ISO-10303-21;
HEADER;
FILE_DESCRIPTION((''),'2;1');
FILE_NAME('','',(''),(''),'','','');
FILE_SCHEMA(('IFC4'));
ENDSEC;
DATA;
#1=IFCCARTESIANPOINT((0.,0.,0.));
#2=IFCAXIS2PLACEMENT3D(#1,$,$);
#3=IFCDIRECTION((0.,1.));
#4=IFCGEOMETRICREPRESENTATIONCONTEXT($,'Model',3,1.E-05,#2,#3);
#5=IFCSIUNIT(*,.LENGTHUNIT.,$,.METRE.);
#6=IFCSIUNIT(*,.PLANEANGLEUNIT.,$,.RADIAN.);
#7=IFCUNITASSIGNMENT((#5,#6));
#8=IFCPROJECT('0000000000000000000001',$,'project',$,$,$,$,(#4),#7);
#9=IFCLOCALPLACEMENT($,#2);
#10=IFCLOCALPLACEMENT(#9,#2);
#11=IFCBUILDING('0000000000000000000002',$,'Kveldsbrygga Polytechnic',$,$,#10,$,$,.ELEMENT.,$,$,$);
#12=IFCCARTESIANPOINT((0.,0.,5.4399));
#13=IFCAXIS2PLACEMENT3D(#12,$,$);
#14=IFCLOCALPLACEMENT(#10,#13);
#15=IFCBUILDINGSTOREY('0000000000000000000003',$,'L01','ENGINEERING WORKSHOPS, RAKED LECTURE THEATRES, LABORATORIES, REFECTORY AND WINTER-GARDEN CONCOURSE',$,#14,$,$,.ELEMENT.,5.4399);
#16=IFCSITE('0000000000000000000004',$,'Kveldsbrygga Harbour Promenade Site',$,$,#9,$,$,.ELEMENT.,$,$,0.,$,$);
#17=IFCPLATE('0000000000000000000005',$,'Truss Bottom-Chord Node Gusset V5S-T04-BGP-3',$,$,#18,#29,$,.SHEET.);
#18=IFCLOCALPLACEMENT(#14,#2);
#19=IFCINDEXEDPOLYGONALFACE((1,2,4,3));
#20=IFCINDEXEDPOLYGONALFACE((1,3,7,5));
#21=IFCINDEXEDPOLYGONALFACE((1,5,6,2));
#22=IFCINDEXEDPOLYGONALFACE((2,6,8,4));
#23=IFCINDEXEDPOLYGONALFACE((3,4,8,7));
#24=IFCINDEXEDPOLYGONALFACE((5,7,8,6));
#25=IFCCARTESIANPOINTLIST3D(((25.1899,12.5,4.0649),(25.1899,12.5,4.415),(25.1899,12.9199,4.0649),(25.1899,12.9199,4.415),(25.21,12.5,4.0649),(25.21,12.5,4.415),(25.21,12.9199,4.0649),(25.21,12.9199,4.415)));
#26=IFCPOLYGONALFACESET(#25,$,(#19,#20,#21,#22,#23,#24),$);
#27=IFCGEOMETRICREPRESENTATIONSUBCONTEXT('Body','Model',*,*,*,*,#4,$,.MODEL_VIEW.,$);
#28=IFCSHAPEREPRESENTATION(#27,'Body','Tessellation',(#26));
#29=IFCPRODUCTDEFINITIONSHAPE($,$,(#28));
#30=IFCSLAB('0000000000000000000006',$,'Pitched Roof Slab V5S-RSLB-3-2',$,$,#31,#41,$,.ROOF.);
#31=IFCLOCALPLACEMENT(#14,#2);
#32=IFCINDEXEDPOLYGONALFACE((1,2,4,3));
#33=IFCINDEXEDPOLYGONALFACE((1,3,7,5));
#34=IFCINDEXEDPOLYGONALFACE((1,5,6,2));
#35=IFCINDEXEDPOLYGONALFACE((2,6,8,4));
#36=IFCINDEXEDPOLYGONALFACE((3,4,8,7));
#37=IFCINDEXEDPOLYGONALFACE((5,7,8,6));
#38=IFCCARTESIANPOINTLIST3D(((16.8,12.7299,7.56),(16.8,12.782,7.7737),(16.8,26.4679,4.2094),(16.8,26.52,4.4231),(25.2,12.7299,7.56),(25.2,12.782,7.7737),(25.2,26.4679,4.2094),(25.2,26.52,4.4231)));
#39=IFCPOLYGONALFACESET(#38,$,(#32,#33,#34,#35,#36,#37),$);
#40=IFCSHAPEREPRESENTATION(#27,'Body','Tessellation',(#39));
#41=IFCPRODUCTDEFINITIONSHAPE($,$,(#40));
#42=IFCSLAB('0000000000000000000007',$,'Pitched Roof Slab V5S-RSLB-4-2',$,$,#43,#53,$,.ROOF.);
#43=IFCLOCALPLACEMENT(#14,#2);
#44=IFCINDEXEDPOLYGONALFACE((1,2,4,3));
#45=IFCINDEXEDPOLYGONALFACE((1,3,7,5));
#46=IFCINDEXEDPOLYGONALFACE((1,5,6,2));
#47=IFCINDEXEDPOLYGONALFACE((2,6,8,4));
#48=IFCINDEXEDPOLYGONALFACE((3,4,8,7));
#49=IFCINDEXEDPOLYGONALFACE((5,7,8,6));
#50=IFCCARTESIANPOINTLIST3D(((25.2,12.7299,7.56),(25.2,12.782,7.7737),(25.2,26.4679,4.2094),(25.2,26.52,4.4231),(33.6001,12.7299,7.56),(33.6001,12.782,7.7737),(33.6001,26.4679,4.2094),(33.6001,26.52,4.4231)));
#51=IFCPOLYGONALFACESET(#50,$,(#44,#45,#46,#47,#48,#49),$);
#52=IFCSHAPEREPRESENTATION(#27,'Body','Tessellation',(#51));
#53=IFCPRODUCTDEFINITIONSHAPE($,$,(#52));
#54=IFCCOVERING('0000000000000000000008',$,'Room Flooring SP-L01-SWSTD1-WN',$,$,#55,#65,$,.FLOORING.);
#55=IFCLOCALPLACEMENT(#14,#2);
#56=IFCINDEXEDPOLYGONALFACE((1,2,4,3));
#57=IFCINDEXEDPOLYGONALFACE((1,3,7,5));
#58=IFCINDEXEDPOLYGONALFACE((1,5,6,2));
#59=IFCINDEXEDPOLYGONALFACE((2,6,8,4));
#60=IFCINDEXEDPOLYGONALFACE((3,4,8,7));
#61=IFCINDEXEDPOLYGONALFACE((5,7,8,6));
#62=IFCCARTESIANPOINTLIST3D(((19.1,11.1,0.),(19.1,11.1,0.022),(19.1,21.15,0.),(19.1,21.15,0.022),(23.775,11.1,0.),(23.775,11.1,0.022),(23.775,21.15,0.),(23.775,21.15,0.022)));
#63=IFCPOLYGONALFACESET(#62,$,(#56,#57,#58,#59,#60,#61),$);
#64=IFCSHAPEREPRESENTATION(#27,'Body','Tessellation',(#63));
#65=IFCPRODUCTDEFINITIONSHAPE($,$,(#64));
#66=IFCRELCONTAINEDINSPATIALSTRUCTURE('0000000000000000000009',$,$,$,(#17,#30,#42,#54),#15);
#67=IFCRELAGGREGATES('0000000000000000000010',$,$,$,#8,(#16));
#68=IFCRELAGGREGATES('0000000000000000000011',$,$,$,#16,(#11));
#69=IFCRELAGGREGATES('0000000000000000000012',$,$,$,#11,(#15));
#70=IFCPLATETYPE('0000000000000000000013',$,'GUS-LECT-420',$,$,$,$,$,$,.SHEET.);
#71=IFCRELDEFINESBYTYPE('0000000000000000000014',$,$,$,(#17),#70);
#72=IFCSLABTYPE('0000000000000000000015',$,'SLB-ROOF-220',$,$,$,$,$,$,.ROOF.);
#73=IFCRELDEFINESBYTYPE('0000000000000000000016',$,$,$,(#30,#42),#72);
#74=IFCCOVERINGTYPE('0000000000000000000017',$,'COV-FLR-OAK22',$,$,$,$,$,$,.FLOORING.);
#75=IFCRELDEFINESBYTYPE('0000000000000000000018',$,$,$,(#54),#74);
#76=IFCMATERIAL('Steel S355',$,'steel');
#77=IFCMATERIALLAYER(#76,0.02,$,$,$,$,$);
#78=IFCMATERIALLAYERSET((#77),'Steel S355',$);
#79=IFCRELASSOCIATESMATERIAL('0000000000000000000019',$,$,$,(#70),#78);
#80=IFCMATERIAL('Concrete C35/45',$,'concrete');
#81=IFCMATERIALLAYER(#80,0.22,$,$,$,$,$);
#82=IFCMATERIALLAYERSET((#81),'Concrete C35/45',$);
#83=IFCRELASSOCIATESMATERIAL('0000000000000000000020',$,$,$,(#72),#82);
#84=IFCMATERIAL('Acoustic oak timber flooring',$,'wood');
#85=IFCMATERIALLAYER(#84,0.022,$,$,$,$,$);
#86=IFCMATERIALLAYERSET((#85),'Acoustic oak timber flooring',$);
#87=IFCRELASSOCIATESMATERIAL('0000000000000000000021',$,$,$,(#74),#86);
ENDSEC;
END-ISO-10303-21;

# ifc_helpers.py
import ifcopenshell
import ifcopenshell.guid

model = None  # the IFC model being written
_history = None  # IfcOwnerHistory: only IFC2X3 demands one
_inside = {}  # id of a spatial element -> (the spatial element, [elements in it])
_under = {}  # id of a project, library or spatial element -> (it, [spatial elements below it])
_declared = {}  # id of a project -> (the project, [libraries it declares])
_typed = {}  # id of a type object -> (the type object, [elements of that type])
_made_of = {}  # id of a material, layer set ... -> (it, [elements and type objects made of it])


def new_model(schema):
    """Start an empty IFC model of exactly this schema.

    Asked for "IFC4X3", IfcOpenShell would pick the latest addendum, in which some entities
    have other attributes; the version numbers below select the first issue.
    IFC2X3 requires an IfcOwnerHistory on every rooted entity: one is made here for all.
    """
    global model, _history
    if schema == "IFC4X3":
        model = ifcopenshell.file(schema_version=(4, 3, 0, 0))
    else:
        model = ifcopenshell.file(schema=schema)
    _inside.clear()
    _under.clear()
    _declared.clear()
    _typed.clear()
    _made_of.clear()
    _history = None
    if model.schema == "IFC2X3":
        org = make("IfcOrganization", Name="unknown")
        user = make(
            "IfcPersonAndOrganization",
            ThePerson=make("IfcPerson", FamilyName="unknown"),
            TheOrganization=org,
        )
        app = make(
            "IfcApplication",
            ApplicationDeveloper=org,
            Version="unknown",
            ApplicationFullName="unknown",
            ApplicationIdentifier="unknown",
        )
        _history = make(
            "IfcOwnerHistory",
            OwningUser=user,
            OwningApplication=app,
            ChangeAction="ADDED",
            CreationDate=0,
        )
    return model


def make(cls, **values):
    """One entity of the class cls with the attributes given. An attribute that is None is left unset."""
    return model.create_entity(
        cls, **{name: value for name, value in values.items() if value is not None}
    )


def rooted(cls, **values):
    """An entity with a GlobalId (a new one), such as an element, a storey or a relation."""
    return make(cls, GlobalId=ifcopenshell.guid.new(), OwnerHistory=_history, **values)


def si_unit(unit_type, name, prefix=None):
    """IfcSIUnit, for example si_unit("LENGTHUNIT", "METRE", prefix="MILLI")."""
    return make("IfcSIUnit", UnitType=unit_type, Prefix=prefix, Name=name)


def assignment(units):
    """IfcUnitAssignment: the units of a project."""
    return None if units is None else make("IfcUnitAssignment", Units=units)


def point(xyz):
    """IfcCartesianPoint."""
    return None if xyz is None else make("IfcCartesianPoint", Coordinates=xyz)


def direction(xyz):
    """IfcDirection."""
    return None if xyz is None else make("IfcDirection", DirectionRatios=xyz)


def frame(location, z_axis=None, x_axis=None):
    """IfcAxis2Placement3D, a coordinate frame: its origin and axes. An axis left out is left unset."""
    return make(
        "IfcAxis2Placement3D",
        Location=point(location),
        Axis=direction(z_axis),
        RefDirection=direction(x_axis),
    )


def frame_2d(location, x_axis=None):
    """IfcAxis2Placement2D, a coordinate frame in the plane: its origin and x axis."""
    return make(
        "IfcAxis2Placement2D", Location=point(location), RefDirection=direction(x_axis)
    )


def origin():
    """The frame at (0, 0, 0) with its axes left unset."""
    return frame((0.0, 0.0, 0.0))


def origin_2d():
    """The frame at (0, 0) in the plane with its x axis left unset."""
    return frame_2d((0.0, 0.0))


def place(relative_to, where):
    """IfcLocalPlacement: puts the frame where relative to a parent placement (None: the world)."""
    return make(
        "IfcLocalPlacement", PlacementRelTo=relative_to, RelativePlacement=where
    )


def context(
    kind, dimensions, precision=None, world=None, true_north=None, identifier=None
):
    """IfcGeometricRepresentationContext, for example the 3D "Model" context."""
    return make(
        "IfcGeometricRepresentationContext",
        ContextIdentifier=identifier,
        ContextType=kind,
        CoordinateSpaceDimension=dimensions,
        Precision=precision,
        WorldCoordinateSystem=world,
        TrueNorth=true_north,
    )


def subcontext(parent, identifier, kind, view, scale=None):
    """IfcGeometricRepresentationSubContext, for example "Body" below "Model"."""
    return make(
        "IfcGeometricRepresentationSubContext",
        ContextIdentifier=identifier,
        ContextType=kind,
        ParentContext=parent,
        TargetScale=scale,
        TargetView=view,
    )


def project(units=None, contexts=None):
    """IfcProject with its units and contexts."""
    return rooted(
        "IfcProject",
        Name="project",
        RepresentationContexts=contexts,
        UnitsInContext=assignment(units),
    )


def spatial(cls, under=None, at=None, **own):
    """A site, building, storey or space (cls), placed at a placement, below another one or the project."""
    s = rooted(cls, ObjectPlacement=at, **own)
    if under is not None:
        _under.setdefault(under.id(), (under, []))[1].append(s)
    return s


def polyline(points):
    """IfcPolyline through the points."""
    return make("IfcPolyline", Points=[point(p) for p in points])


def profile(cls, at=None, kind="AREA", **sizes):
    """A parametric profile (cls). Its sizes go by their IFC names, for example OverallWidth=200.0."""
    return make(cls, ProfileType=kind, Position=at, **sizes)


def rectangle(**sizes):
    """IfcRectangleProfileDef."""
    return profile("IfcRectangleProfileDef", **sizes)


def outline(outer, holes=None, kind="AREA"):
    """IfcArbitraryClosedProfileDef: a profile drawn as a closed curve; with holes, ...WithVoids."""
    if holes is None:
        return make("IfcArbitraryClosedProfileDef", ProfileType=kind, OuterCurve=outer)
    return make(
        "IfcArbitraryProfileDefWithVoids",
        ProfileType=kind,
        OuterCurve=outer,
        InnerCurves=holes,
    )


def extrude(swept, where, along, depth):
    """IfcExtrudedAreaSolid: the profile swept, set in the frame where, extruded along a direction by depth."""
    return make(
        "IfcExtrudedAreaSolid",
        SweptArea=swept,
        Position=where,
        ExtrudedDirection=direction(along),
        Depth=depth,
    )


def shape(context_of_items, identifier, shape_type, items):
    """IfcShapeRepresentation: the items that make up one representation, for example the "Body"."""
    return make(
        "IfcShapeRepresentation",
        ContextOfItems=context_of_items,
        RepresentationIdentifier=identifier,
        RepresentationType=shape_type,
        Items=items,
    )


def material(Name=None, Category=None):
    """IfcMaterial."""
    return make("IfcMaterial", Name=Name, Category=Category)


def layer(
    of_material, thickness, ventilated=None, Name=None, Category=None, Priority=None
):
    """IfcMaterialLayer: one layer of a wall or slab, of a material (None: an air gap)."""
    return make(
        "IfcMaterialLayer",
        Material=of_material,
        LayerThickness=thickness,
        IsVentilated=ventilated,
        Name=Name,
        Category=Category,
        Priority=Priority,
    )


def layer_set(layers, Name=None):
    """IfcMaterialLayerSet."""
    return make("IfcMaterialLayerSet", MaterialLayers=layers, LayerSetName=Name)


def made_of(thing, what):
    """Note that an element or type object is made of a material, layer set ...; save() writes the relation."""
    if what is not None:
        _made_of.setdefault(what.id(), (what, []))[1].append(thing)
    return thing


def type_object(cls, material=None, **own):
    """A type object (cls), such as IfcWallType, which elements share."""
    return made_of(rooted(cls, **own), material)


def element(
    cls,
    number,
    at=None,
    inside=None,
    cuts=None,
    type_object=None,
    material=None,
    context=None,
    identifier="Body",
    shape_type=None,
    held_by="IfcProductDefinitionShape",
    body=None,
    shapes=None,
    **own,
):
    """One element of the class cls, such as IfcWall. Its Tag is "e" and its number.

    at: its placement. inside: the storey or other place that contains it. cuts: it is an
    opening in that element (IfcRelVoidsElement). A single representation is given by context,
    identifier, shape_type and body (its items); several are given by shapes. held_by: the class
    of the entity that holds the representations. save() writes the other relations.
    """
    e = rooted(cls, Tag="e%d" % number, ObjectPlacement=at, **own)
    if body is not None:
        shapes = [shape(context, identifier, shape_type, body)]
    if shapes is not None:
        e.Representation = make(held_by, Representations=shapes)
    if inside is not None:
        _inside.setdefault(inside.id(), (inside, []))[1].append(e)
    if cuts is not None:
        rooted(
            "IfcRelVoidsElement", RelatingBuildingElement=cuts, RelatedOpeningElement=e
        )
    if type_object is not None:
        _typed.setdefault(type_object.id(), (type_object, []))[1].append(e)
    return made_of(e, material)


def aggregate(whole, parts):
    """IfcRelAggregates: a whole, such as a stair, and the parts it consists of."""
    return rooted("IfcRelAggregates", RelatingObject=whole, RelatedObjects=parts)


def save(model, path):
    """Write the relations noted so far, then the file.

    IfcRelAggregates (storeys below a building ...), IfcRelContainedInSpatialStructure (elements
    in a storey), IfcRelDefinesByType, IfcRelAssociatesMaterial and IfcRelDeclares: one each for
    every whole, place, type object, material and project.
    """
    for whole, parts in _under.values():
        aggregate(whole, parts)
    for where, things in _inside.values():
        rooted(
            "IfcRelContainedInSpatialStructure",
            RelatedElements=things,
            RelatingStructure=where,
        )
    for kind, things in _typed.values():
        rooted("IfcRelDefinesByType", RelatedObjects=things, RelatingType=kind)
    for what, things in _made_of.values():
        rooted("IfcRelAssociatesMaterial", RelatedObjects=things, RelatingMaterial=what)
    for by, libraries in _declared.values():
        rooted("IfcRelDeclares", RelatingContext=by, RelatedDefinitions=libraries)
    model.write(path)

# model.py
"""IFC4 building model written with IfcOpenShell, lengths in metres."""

from ifc_helpers import new_model, si_unit, direction, frame, origin, origin_2d, place, context, subcontext, project, spatial, polyline, rectangle, outline, extrude, material, layer, layer_set, type_object, element, save


model = new_model("IFC4")

# Units and contexts
model_context = context("Model", 3, precision=1e-05, world=origin(), true_north=direction((0.0, 1.0)))
body_context = subcontext(model_context, "Body", "Model", "MODEL_VIEW")
ifc_project = project(units=[si_unit("LENGTHUNIT", "METRE"), si_unit("PLANEANGLEUNIT", "RADIAN")], contexts=[model_context])

# Site, building, storey
site_placement = place(None, origin())
site = spatial("IfcSite", under=ifc_project, at=site_placement, Name="Kveldsbrygga Harbour Promenade Site", CompositionType="ELEMENT", RefElevation=0.0)
building_placement = place(site_placement, origin())
building = spatial("IfcBuilding", under=site, at=building_placement, Name="Kveldsbrygga Polytechnic", CompositionType="ELEMENT")
storey_placement = place(building_placement, frame((0.0, 0.0, 5.4399)))
storey = spatial("IfcBuildingStorey", under=building, at=storey_placement, Name="L01", Description="ENGINEERING WORKSHOPS, RAKED LECTURE THEATRES, LABORATORIES, REFECTORY AND WINTER-GARDEN CONCOURSE", CompositionType="ELEMENT", Elevation=5.4399)

# Shared definitions
ifc_material_1 = material(Name="Steel S355", Category="steel")

# Plate
ifc_layer_1 = layer(ifc_material_1, 0.02)
ifc_layer_set_1 = layer_set([ifc_layer_1], Name="Steel S355")
plate_type_1 = type_object("IfcPlateType", Name="GUS-LECT-420", PredefinedType="SHEET", material=ifc_layer_set_1)
for number, where, z_axis, x_axis, name in (
    (1, (25.2, 12.71, 4.0649), (0.0, 0.0, 1.0), (1.0, 0.0, 0.0), "Truss Bottom-Chord Node Gusset V5S-T04-BGP-3"),
):
    element("IfcPlate", number, at=place(storey_placement, frame(where, z_axis=z_axis, x_axis=x_axis)), inside=storey, type_object=plate_type_1, Name=name, PredefinedType="SHEET", context=body_context, shape_type="SweptSolid", body=[
        extrude(rectangle(XDim=0.02, YDim=0.4199, at=origin_2d()), origin(), (0.0, 0.0, 1.0), 0.3501),
    ])

# Slabs
ifc_material_2 = material(Name="Concrete C35/45", Category="concrete")
ifc_layer_2 = layer(ifc_material_2, 0.22)
ifc_layer_set_2 = layer_set([ifc_layer_2], Name="Concrete C35/45")
slab_type = type_object("IfcSlabType", Name="SLB-ROOF-220", PredefinedType="ROOF", material=ifc_layer_set_2)
slab_1_placement = place(storey_placement, frame((16.8, 12.782, 7.7737), z_axis=(0.0, 0.236946, 0.971523), x_axis=(1.0, 0.0, 0.0)))
element("IfcSlab", 2, at=slab_1_placement, inside=storey, type_object=slab_type, Name="Pitched Roof Slab V5S-RSLB-3-2", PredefinedType="ROOF", context=body_context, shape_type="SweptSolid", body=[
    extrude(outline(polyline([(0.0, 0.0), (8.3999, 0.0), (8.3999, 14.1407), (0.0, 14.1407), (0.0, 0.0)])), origin(), (0.0, 0.0, -1.0), 0.22),
])
slab_2_placement = place(storey_placement, frame((25.2, 12.782, 7.7737), z_axis=(0.0, 0.236946, 0.971523), x_axis=(1.0, 0.0, 0.0)))
element("IfcSlab", 3, at=slab_2_placement, inside=storey, type_object=slab_type, Name="Pitched Roof Slab V5S-RSLB-4-2", PredefinedType="ROOF", context=body_context, shape_type="SweptSolid", body=[
    extrude(outline(polyline([(0.0, 0.0), (8.4001, 0.0), (8.4001, 14.1407), (0.0, 14.1407), (0.0, 0.0)])), origin(), (0.0, 0.0, -1.0), 0.22),
])

# Covering
ifc_material_3 = material(Name="Acoustic oak timber flooring", Category="wood")
ifc_layer_3 = layer(ifc_material_3, 0.022)
ifc_layer_set_3 = layer_set([ifc_layer_3], Name="Acoustic oak timber flooring")
covering_type = type_object("IfcCoveringType", Name="COV-FLR-OAK22", PredefinedType="FLOORING", material=ifc_layer_set_3)
covering_placement = place(storey_placement, frame((21.4375, 16.125, 0.0), z_axis=(0.0, 0.0, 1.0), x_axis=(1.0, 0.0, 0.0)))
element("IfcCovering", 4, at=covering_placement, inside=storey, type_object=covering_type, Name="Room Flooring SP-L01-SWSTD1-WN", PredefinedType="FLOORING", context=body_context, shape_type="SweptSolid", body=[
    extrude(rectangle(XDim=4.675, YDim=10.05, at=origin_2d()), origin(), (0.0, 0.0, 1.0), 0.022),
])

save(model, "model.ifc")
